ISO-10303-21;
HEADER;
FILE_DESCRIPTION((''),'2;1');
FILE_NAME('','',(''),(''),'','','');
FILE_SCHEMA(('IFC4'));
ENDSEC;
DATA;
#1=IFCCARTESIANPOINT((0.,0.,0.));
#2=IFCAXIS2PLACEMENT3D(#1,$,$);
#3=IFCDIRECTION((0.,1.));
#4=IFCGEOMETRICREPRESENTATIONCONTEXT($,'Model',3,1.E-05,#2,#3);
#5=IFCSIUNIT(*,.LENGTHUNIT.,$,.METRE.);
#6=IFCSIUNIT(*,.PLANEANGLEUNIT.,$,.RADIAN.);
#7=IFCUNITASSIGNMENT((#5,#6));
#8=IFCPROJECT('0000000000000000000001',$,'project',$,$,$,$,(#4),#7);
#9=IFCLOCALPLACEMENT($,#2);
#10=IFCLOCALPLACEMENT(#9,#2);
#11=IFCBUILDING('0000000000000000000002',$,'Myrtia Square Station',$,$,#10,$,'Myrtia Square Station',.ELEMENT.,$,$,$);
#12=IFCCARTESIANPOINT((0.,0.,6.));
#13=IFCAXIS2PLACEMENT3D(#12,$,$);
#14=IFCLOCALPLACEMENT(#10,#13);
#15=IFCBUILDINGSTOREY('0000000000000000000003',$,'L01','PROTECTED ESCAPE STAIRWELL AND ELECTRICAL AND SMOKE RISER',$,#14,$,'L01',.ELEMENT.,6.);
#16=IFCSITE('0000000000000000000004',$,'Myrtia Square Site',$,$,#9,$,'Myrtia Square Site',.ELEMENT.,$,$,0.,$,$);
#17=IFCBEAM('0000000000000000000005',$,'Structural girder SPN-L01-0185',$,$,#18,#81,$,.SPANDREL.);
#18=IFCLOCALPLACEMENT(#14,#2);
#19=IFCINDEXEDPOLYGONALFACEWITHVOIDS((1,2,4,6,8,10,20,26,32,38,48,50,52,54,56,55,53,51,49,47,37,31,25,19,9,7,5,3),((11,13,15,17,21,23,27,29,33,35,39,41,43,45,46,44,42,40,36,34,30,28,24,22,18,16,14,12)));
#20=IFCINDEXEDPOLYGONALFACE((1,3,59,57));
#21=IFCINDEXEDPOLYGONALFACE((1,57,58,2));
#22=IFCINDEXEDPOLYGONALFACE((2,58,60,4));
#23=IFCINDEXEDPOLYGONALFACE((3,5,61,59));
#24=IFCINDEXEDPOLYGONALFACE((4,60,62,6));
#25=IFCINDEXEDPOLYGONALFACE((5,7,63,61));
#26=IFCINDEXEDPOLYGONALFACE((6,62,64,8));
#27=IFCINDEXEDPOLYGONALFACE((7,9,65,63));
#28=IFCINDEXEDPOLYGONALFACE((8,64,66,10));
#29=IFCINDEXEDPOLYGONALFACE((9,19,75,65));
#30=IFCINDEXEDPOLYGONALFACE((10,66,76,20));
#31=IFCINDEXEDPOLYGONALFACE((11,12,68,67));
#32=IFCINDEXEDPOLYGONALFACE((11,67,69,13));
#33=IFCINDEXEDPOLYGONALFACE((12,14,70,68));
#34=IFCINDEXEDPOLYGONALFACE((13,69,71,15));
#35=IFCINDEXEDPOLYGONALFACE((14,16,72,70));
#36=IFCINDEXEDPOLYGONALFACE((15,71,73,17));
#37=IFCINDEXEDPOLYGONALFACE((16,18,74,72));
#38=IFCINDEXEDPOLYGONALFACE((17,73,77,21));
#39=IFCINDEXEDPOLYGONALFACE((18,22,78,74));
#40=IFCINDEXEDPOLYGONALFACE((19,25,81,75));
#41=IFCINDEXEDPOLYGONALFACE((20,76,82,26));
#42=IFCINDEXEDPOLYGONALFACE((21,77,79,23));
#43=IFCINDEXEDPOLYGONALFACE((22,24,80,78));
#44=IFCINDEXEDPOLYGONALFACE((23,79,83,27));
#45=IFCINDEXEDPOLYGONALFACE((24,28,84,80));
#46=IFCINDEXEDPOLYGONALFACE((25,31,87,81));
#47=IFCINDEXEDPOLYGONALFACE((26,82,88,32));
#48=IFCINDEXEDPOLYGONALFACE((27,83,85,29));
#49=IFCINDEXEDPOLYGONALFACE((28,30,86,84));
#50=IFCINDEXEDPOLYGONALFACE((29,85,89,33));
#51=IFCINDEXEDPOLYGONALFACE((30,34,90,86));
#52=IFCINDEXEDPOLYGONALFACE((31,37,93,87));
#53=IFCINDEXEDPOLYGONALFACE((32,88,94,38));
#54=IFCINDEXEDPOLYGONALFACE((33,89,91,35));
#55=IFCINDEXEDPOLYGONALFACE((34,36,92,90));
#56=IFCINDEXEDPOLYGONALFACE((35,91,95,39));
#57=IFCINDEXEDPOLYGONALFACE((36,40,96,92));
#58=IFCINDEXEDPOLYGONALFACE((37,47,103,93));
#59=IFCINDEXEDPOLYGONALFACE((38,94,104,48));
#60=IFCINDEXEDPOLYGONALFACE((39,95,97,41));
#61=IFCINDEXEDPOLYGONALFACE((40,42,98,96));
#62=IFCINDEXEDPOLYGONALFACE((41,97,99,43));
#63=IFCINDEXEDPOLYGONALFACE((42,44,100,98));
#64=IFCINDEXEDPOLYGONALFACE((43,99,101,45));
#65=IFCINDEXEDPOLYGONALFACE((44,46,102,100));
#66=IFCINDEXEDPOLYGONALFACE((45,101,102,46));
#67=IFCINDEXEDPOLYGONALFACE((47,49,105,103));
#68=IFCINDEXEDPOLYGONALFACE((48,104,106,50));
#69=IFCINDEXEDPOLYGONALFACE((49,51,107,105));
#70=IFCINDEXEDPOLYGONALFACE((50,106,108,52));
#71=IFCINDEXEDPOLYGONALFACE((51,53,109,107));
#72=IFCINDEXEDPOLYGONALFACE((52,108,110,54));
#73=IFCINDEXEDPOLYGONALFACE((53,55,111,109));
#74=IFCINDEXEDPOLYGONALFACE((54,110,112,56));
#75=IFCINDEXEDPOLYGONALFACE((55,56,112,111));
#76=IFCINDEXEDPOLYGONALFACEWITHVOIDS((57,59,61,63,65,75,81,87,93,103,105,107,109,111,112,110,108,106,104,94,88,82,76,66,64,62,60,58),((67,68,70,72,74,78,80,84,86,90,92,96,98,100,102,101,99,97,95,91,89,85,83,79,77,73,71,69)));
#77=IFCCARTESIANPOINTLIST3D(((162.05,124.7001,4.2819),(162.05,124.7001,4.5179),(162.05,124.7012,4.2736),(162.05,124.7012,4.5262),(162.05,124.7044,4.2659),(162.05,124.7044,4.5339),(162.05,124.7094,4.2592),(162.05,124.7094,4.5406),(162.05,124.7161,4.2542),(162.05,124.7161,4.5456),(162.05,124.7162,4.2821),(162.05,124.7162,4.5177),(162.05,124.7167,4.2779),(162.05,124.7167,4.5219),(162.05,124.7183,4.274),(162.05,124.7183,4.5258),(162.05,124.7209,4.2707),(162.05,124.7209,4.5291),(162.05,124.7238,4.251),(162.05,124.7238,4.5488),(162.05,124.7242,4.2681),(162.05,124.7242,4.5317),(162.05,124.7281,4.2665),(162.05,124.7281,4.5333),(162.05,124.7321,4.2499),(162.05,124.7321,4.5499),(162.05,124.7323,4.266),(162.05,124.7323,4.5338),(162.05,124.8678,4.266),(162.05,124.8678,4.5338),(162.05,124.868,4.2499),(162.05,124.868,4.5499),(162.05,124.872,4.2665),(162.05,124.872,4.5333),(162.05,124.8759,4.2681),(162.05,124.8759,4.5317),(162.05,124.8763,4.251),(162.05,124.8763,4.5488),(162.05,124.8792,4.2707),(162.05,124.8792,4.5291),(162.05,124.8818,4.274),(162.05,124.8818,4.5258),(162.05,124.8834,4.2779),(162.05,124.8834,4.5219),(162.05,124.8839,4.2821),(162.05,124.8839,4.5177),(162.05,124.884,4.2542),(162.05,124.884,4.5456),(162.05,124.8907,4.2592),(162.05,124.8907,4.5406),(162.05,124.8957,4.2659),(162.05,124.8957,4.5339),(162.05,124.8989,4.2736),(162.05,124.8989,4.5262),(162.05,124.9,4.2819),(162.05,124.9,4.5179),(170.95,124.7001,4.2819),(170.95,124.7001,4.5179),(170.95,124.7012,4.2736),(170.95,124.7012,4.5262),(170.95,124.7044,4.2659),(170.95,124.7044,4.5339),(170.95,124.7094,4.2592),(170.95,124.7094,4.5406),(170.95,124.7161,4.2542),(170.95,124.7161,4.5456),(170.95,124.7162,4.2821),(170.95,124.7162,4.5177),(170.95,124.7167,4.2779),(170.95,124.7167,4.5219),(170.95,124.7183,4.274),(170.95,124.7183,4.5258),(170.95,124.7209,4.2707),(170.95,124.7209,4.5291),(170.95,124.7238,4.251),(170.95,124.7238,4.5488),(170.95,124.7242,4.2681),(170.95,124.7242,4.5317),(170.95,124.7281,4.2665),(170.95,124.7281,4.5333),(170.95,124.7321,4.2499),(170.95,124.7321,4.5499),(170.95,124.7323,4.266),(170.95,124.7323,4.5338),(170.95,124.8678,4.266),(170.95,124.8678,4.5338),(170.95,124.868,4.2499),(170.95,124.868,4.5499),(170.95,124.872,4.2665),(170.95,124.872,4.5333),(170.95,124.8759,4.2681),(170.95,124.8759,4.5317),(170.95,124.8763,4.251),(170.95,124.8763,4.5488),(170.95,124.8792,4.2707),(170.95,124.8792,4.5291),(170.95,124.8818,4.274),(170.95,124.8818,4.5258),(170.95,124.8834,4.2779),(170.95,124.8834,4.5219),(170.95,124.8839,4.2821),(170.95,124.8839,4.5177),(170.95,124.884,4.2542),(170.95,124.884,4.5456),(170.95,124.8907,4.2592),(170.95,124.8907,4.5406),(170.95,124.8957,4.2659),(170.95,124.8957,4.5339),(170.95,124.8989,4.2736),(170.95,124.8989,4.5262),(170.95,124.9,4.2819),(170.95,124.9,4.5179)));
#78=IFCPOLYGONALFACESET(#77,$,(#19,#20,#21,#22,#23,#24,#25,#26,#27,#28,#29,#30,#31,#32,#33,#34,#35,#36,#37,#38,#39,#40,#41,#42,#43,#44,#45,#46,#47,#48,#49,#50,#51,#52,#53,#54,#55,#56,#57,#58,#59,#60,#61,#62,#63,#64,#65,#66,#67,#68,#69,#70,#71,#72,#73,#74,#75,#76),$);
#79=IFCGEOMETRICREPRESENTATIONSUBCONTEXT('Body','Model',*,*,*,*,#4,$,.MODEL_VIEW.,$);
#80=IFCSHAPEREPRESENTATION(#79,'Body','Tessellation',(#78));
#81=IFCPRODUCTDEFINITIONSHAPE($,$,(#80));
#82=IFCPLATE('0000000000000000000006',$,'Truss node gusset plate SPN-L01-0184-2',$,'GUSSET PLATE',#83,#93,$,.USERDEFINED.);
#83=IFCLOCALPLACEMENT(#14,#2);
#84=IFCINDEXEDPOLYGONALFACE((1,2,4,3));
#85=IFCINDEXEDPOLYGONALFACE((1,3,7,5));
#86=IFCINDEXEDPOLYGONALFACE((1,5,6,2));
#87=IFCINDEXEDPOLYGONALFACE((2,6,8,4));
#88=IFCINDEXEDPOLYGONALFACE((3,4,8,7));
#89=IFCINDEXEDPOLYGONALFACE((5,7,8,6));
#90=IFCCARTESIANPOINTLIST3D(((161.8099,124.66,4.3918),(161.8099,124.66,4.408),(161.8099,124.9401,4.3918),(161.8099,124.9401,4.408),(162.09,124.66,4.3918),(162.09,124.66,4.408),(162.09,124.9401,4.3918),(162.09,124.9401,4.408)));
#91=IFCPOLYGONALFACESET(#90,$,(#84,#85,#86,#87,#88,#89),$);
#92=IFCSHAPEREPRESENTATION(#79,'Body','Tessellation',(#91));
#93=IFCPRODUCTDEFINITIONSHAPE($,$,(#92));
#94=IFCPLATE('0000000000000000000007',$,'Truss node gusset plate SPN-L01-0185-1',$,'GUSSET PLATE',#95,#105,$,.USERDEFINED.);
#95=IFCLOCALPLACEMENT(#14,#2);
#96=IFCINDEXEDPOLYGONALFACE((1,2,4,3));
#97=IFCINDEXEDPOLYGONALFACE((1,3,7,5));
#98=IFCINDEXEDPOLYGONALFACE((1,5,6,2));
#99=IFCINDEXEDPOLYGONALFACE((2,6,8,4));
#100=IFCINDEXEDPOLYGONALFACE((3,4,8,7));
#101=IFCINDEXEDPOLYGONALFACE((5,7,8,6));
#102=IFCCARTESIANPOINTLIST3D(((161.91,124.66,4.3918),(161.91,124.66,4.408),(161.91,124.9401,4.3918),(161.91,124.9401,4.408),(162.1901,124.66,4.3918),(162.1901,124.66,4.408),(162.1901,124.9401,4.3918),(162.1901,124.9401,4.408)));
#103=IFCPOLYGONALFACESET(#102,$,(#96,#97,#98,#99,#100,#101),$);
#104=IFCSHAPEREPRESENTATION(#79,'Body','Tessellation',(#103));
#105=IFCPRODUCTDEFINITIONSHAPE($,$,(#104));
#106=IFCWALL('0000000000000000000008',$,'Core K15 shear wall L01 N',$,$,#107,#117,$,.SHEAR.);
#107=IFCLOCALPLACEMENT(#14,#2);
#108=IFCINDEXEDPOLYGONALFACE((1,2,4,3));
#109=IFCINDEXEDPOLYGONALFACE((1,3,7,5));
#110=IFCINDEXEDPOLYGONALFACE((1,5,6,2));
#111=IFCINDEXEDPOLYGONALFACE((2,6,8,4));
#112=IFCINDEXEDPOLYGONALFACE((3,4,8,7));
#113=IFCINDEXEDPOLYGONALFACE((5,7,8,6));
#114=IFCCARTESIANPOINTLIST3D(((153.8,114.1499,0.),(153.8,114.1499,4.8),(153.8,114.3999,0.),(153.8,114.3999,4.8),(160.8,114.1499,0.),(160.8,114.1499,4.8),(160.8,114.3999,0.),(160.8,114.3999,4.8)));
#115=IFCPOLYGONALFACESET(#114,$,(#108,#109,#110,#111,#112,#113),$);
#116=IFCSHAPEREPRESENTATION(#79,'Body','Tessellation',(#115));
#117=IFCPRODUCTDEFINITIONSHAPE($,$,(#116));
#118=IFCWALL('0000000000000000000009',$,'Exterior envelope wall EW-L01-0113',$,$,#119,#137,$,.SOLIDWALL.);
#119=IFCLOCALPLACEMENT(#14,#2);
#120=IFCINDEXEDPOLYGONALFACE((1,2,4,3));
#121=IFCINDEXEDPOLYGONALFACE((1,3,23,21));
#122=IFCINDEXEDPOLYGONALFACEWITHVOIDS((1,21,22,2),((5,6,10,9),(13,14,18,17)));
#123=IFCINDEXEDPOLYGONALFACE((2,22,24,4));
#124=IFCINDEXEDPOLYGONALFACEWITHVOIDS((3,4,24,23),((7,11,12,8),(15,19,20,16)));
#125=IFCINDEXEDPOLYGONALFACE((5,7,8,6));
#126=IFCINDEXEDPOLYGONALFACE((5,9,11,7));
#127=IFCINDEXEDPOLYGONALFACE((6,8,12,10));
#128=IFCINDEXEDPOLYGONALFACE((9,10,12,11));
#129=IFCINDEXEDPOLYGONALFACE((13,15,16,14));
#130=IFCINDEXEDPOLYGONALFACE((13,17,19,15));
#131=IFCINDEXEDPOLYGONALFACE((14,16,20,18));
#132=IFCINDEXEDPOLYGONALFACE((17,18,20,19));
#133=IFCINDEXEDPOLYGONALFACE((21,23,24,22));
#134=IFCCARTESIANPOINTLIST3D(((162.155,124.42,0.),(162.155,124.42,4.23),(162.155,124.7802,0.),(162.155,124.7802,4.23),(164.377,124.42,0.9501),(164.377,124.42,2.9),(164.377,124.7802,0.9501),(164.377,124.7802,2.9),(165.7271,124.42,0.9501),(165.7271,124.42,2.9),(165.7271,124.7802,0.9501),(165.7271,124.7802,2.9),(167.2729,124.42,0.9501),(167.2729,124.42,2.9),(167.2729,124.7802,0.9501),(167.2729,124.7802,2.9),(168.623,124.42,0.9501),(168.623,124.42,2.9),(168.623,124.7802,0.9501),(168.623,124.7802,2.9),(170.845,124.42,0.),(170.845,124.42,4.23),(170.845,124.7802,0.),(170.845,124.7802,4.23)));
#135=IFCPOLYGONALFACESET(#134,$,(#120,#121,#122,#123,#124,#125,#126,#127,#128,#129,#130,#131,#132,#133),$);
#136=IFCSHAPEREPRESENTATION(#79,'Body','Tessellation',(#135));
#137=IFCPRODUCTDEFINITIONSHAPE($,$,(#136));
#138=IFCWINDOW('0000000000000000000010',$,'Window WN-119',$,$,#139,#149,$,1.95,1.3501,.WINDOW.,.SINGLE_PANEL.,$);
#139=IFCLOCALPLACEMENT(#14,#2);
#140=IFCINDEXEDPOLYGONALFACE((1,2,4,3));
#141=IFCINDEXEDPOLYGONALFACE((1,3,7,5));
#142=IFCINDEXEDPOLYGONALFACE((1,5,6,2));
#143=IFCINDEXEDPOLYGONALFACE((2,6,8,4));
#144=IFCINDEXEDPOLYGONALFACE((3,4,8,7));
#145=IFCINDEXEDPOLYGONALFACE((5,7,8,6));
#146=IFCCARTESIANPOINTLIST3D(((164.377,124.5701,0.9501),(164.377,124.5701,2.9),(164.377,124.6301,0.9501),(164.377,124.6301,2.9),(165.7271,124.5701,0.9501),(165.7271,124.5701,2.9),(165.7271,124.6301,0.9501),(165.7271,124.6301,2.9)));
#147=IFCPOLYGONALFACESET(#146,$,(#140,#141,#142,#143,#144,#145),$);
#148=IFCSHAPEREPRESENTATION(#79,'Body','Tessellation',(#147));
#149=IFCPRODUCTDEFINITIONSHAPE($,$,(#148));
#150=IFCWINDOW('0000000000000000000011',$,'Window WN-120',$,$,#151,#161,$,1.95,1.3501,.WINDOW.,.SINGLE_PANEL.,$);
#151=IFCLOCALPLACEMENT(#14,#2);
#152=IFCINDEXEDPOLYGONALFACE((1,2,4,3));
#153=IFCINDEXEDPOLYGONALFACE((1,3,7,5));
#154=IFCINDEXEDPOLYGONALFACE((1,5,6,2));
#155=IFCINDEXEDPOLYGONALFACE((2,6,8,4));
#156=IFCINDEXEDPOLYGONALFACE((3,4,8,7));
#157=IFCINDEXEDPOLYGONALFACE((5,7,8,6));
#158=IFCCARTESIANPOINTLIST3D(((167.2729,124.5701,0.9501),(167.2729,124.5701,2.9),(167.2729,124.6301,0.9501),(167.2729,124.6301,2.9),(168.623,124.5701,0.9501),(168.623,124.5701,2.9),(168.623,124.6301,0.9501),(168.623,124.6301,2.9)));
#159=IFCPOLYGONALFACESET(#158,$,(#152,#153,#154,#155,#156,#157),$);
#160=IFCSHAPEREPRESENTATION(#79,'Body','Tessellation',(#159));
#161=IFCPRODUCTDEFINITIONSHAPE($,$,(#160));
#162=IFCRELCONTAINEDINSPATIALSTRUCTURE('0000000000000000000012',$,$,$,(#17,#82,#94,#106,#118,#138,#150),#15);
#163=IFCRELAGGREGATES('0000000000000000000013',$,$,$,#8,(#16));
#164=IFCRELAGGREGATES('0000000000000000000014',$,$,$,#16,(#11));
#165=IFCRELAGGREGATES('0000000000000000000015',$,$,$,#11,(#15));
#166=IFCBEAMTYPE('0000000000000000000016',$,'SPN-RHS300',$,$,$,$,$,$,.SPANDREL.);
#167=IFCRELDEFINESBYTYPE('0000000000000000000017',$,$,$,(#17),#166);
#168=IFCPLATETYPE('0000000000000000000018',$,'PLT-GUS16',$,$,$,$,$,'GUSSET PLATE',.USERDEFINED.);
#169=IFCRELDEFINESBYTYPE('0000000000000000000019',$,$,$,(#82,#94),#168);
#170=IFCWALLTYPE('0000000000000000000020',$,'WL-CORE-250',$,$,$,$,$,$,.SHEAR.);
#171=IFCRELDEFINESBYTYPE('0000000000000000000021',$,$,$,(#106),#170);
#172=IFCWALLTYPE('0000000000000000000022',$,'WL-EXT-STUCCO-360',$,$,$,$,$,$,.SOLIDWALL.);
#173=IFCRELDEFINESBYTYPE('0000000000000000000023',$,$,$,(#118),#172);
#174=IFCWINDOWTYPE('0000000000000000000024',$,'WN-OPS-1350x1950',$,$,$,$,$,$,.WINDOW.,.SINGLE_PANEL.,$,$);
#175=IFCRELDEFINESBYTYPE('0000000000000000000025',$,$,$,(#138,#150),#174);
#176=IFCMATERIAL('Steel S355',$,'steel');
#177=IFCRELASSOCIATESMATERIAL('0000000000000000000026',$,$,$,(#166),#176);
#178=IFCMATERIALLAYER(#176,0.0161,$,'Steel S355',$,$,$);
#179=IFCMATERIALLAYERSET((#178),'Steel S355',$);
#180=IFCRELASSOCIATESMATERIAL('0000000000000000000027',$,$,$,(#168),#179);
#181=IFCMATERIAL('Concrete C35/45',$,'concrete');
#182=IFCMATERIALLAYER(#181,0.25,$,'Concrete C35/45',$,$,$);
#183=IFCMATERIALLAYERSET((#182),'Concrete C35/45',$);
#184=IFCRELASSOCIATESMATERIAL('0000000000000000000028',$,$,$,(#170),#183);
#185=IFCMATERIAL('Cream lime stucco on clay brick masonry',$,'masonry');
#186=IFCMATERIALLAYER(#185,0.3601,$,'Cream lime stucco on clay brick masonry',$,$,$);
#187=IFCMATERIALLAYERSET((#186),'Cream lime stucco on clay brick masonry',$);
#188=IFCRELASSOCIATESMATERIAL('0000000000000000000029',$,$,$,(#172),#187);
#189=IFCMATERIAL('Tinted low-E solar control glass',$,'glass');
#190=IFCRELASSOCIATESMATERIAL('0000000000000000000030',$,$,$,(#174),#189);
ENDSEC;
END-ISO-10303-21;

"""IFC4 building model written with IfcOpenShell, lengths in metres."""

from ifc_helpers import new_model, si_unit, direction, frame, frame_2d, origin, origin_2d, place, context, subcontext, project, spatial, rectangle, hollow_rectangle, extrude, material, layer, layer_set, material_profile, profile_set, type_object, element, fill, save


model = new_model("IFC4")

# Units and contexts
model_context = context("Model", 3, precision=1e-05, world=origin(), true_north=direction((0.0, 1.0)))
body_context = subcontext(model_context, "Body", "Model", "MODEL_VIEW")
ifc_project = project(units=[si_unit("LENGTHUNIT", "METRE"), si_unit("PLANEANGLEUNIT", "RADIAN")], contexts=[model_context])

# Site, building, storey
site_placement = place(None, origin())
site = spatial("IfcSite", under=ifc_project, at=site_placement, Name="Myrtia Square Site", LongName="Myrtia Square Site", CompositionType="ELEMENT", RefElevation=0.0)
building_placement = place(site_placement, origin())
building = spatial("IfcBuilding", under=site, at=building_placement, Name="Myrtia Square Station", LongName="Myrtia Square Station", CompositionType="ELEMENT")
storey_placement = place(building_placement, frame((0.0, 0.0, 6.0)))
storey = spatial("IfcBuildingStorey", under=building, at=storey_placement, Name="L01", Description="PROTECTED ESCAPE STAIRWELL AND ELECTRICAL AND SMOKE RISER", LongName="L01", CompositionType="ELEMENT", Elevation=6.0)

# Shared definitions
ifc_material_1 = material(Name="Steel S355", Category="steel")

# Beam
ifc_material_profile_1 = material_profile(ifc_material_1, hollow_rectangle(XDim=0.2, YDim=0.3, WallThickness=0.0161, InnerFilletRadius=0.0161, OuterFilletRadius=0.032, at=origin_2d()), Name="RHS 300x200x16")
ifc_profile_set_1 = profile_set([ifc_material_profile_1], Name="Steel S355")
beam_type_1 = type_object("IfcBeamType", Name="SPN-RHS300", PredefinedType="SPANDREL", material=ifc_profile_set_1)
beam_1_placement = place(storey_placement, frame((162.05, 124.8, 4.3999), z_axis=(1.0, 0.0, 0.0), x_axis=(0.0, 1.0, 0.0)))
element("IfcBeam", 1, at=beam_1_placement, inside=storey, type_object=beam_type_1, Name="Structural girder SPN-L01-0185", PredefinedType="SPANDREL", context=body_context, shape_type="SweptSolid", body=[
    extrude(hollow_rectangle(XDim=0.2, YDim=0.3, WallThickness=0.0161, InnerFilletRadius=0.0161, OuterFilletRadius=0.032, at=origin_2d()), origin(), (0.0, 0.0, 1.0), 8.8999),
])

# Plates
ifc_layer_1 = layer(ifc_material_1, 0.0161, Name="Steel S355")
ifc_layer_set_1 = layer_set([ifc_layer_1], Name="Steel S355")
plate_type = type_object("IfcPlateType", Name="PLT-GUS16", ElementType="GUSSET PLATE", PredefinedType="USERDEFINED", material=ifc_layer_set_1)
for number, where, z_axis, x_axis, name in (
    (2, (161.95, 124.8, 4.3918), (0.0, 0.0, 1.0), (1.0, 0.0, 0.0), "Truss node gusset plate SPN-L01-0184-2"),
    (3, (162.05, 124.8, 4.3918), (0.0, 0.0, 1.0), (1.0, 0.0, 0.0), "Truss node gusset plate SPN-L01-0185-1"),
):
    element("IfcPlate", number, at=place(storey_placement, frame(where, z_axis=z_axis, x_axis=x_axis)), inside=storey, type_object=plate_type, Name=name, ObjectType="GUSSET PLATE", PredefinedType="USERDEFINED", context=body_context, shape_type="SweptSolid", body=[
        extrude(rectangle(XDim=0.28, YDim=0.28, at=origin_2d()), origin(), (0.0, 0.0, 1.0), 0.0161),
    ])

# Wall
ifc_material_2 = material(Name="Concrete C35/45", Category="concrete")
ifc_layer_2 = layer(ifc_material_2, 0.25, Name="Concrete C35/45")
ifc_layer_set_2 = layer_set([ifc_layer_2], Name="Concrete C35/45")
wall_type_1 = type_object("IfcWallType", Name="WL-CORE-250", PredefinedType="SHEAR", material=ifc_layer_set_2)
wall_1_placement = place(storey_placement, frame((153.8, 114.2749, 0.0), z_axis=(0.0, 0.0, 1.0), x_axis=(1.0, 0.0, 0.0)))
element("IfcWall", 4, at=wall_1_placement, inside=storey, type_object=wall_type_1, Name="Core K15 shear wall L01 N", PredefinedType="SHEAR", context=body_context, shape_type="SweptSolid", body=[
    extrude(rectangle(XDim=7.0, YDim=0.25, at=frame_2d((3.5, 0.0))), origin(), (0.0, 0.0, 1.0), 4.8),
])

# Wall, openings, windows
ifc_material_3 = material(Name="Cream lime stucco on clay brick masonry", Category="masonry")
ifc_layer_3 = layer(ifc_material_3, 0.3601, Name="Cream lime stucco on clay brick masonry")
ifc_layer_set_3 = layer_set([ifc_layer_3], Name="Cream lime stucco on clay brick masonry")
wall_type_2 = type_object("IfcWallType", Name="WL-EXT-STUCCO-360", PredefinedType="SOLIDWALL", material=ifc_layer_set_3)
wall_2_placement = place(storey_placement, frame((162.155, 124.6001, 0.0), z_axis=(0.0, 0.0, 1.0), x_axis=(1.0, 0.0, 0.0)))
wall_2 = element("IfcWall", 5, at=wall_2_placement, inside=storey, type_object=wall_type_2, Name="Exterior envelope wall EW-L01-0113", PredefinedType="SOLIDWALL", context=body_context, shape_type="SweptSolid", body=[
    extrude(rectangle(XDim=8.6899, YDim=0.3601, at=frame_2d((4.345, 0.0))), origin(), (0.0, 0.0, 1.0), 4.23),
])
opening_1_placement = place(wall_2_placement, frame((2.2219, 0.0, 0.95)))
opening_1 = element("IfcOpeningElement", 6, at=opening_1_placement, cuts=wall_2, PredefinedType="OPENING", context=body_context, shape_type="SweptSolid", body=[
    extrude(rectangle(XDim=1.3501, YDim=1.95, at=frame_2d((0.675, 0.9751))), frame((0.0, 0.1951, 0.0), z_axis=(0.0, -1.0, 0.0), x_axis=(1.0, 0.0, 0.0)), (0.0, 0.0, 1.0), 0.3901),
])
opening_2_placement = place(wall_2_placement, frame((5.1179, 0.0, 0.95)))
opening_2 = element("IfcOpeningElement", 7, at=opening_2_placement, cuts=wall_2, PredefinedType="OPENING", context=body_context, shape_type="SweptSolid", body=[
    extrude(rectangle(XDim=1.3501, YDim=1.95, at=frame_2d((0.675, 0.9751))), frame((0.0, 0.1951, 0.0), z_axis=(0.0, -1.0, 0.0), x_axis=(1.0, 0.0, 0.0)), (0.0, 0.0, 1.0), 0.3901),
])
ifc_material_4 = material(Name="Tinted low-E solar control glass", Category="glass")
window_type = type_object("IfcWindowType", Name="WN-OPS-1350x1950", PartitioningType="SINGLE_PANEL", PredefinedType="WINDOW", material=ifc_material_4)
window_1_placement = place(opening_1_placement, origin())
window_1 = element("IfcWindow", 8, at=window_1_placement, inside=storey, type_object=window_type, Name="Window WN-119", OverallHeight=1.95, OverallWidth=1.3501, PartitioningType="SINGLE_PANEL", PredefinedType="WINDOW", context=body_context, shape_type="SweptSolid", body=[
    extrude(rectangle(XDim=1.3501, YDim=1.95, at=frame_2d((0.675, 0.9751))), frame((0.0, 0.03, 0.0), z_axis=(0.0, -1.0, 0.0), x_axis=(1.0, 0.0, 0.0)), (0.0, 0.0, 1.0), 0.0601),
])
fill(opening_1, window_1)
window_2_placement = place(opening_2_placement, origin())
window_2 = element("IfcWindow", 9, at=window_2_placement, inside=storey, type_object=window_type, Name="Window WN-120", OverallHeight=1.95, OverallWidth=1.3501, PartitioningType="SINGLE_PANEL", PredefinedType="WINDOW", context=body_context, shape_type="SweptSolid", body=[
    extrude(rectangle(XDim=1.3501, YDim=1.95, at=frame_2d((0.675, 0.9751))), frame((0.0, 0.03, 0.0), z_axis=(0.0, -1.0, 0.0), x_axis=(1.0, 0.0, 0.0)), (0.0, 0.0, 1.0), 0.0601),
])
fill(opening_2, window_2)

save(model, "model.ifc")
